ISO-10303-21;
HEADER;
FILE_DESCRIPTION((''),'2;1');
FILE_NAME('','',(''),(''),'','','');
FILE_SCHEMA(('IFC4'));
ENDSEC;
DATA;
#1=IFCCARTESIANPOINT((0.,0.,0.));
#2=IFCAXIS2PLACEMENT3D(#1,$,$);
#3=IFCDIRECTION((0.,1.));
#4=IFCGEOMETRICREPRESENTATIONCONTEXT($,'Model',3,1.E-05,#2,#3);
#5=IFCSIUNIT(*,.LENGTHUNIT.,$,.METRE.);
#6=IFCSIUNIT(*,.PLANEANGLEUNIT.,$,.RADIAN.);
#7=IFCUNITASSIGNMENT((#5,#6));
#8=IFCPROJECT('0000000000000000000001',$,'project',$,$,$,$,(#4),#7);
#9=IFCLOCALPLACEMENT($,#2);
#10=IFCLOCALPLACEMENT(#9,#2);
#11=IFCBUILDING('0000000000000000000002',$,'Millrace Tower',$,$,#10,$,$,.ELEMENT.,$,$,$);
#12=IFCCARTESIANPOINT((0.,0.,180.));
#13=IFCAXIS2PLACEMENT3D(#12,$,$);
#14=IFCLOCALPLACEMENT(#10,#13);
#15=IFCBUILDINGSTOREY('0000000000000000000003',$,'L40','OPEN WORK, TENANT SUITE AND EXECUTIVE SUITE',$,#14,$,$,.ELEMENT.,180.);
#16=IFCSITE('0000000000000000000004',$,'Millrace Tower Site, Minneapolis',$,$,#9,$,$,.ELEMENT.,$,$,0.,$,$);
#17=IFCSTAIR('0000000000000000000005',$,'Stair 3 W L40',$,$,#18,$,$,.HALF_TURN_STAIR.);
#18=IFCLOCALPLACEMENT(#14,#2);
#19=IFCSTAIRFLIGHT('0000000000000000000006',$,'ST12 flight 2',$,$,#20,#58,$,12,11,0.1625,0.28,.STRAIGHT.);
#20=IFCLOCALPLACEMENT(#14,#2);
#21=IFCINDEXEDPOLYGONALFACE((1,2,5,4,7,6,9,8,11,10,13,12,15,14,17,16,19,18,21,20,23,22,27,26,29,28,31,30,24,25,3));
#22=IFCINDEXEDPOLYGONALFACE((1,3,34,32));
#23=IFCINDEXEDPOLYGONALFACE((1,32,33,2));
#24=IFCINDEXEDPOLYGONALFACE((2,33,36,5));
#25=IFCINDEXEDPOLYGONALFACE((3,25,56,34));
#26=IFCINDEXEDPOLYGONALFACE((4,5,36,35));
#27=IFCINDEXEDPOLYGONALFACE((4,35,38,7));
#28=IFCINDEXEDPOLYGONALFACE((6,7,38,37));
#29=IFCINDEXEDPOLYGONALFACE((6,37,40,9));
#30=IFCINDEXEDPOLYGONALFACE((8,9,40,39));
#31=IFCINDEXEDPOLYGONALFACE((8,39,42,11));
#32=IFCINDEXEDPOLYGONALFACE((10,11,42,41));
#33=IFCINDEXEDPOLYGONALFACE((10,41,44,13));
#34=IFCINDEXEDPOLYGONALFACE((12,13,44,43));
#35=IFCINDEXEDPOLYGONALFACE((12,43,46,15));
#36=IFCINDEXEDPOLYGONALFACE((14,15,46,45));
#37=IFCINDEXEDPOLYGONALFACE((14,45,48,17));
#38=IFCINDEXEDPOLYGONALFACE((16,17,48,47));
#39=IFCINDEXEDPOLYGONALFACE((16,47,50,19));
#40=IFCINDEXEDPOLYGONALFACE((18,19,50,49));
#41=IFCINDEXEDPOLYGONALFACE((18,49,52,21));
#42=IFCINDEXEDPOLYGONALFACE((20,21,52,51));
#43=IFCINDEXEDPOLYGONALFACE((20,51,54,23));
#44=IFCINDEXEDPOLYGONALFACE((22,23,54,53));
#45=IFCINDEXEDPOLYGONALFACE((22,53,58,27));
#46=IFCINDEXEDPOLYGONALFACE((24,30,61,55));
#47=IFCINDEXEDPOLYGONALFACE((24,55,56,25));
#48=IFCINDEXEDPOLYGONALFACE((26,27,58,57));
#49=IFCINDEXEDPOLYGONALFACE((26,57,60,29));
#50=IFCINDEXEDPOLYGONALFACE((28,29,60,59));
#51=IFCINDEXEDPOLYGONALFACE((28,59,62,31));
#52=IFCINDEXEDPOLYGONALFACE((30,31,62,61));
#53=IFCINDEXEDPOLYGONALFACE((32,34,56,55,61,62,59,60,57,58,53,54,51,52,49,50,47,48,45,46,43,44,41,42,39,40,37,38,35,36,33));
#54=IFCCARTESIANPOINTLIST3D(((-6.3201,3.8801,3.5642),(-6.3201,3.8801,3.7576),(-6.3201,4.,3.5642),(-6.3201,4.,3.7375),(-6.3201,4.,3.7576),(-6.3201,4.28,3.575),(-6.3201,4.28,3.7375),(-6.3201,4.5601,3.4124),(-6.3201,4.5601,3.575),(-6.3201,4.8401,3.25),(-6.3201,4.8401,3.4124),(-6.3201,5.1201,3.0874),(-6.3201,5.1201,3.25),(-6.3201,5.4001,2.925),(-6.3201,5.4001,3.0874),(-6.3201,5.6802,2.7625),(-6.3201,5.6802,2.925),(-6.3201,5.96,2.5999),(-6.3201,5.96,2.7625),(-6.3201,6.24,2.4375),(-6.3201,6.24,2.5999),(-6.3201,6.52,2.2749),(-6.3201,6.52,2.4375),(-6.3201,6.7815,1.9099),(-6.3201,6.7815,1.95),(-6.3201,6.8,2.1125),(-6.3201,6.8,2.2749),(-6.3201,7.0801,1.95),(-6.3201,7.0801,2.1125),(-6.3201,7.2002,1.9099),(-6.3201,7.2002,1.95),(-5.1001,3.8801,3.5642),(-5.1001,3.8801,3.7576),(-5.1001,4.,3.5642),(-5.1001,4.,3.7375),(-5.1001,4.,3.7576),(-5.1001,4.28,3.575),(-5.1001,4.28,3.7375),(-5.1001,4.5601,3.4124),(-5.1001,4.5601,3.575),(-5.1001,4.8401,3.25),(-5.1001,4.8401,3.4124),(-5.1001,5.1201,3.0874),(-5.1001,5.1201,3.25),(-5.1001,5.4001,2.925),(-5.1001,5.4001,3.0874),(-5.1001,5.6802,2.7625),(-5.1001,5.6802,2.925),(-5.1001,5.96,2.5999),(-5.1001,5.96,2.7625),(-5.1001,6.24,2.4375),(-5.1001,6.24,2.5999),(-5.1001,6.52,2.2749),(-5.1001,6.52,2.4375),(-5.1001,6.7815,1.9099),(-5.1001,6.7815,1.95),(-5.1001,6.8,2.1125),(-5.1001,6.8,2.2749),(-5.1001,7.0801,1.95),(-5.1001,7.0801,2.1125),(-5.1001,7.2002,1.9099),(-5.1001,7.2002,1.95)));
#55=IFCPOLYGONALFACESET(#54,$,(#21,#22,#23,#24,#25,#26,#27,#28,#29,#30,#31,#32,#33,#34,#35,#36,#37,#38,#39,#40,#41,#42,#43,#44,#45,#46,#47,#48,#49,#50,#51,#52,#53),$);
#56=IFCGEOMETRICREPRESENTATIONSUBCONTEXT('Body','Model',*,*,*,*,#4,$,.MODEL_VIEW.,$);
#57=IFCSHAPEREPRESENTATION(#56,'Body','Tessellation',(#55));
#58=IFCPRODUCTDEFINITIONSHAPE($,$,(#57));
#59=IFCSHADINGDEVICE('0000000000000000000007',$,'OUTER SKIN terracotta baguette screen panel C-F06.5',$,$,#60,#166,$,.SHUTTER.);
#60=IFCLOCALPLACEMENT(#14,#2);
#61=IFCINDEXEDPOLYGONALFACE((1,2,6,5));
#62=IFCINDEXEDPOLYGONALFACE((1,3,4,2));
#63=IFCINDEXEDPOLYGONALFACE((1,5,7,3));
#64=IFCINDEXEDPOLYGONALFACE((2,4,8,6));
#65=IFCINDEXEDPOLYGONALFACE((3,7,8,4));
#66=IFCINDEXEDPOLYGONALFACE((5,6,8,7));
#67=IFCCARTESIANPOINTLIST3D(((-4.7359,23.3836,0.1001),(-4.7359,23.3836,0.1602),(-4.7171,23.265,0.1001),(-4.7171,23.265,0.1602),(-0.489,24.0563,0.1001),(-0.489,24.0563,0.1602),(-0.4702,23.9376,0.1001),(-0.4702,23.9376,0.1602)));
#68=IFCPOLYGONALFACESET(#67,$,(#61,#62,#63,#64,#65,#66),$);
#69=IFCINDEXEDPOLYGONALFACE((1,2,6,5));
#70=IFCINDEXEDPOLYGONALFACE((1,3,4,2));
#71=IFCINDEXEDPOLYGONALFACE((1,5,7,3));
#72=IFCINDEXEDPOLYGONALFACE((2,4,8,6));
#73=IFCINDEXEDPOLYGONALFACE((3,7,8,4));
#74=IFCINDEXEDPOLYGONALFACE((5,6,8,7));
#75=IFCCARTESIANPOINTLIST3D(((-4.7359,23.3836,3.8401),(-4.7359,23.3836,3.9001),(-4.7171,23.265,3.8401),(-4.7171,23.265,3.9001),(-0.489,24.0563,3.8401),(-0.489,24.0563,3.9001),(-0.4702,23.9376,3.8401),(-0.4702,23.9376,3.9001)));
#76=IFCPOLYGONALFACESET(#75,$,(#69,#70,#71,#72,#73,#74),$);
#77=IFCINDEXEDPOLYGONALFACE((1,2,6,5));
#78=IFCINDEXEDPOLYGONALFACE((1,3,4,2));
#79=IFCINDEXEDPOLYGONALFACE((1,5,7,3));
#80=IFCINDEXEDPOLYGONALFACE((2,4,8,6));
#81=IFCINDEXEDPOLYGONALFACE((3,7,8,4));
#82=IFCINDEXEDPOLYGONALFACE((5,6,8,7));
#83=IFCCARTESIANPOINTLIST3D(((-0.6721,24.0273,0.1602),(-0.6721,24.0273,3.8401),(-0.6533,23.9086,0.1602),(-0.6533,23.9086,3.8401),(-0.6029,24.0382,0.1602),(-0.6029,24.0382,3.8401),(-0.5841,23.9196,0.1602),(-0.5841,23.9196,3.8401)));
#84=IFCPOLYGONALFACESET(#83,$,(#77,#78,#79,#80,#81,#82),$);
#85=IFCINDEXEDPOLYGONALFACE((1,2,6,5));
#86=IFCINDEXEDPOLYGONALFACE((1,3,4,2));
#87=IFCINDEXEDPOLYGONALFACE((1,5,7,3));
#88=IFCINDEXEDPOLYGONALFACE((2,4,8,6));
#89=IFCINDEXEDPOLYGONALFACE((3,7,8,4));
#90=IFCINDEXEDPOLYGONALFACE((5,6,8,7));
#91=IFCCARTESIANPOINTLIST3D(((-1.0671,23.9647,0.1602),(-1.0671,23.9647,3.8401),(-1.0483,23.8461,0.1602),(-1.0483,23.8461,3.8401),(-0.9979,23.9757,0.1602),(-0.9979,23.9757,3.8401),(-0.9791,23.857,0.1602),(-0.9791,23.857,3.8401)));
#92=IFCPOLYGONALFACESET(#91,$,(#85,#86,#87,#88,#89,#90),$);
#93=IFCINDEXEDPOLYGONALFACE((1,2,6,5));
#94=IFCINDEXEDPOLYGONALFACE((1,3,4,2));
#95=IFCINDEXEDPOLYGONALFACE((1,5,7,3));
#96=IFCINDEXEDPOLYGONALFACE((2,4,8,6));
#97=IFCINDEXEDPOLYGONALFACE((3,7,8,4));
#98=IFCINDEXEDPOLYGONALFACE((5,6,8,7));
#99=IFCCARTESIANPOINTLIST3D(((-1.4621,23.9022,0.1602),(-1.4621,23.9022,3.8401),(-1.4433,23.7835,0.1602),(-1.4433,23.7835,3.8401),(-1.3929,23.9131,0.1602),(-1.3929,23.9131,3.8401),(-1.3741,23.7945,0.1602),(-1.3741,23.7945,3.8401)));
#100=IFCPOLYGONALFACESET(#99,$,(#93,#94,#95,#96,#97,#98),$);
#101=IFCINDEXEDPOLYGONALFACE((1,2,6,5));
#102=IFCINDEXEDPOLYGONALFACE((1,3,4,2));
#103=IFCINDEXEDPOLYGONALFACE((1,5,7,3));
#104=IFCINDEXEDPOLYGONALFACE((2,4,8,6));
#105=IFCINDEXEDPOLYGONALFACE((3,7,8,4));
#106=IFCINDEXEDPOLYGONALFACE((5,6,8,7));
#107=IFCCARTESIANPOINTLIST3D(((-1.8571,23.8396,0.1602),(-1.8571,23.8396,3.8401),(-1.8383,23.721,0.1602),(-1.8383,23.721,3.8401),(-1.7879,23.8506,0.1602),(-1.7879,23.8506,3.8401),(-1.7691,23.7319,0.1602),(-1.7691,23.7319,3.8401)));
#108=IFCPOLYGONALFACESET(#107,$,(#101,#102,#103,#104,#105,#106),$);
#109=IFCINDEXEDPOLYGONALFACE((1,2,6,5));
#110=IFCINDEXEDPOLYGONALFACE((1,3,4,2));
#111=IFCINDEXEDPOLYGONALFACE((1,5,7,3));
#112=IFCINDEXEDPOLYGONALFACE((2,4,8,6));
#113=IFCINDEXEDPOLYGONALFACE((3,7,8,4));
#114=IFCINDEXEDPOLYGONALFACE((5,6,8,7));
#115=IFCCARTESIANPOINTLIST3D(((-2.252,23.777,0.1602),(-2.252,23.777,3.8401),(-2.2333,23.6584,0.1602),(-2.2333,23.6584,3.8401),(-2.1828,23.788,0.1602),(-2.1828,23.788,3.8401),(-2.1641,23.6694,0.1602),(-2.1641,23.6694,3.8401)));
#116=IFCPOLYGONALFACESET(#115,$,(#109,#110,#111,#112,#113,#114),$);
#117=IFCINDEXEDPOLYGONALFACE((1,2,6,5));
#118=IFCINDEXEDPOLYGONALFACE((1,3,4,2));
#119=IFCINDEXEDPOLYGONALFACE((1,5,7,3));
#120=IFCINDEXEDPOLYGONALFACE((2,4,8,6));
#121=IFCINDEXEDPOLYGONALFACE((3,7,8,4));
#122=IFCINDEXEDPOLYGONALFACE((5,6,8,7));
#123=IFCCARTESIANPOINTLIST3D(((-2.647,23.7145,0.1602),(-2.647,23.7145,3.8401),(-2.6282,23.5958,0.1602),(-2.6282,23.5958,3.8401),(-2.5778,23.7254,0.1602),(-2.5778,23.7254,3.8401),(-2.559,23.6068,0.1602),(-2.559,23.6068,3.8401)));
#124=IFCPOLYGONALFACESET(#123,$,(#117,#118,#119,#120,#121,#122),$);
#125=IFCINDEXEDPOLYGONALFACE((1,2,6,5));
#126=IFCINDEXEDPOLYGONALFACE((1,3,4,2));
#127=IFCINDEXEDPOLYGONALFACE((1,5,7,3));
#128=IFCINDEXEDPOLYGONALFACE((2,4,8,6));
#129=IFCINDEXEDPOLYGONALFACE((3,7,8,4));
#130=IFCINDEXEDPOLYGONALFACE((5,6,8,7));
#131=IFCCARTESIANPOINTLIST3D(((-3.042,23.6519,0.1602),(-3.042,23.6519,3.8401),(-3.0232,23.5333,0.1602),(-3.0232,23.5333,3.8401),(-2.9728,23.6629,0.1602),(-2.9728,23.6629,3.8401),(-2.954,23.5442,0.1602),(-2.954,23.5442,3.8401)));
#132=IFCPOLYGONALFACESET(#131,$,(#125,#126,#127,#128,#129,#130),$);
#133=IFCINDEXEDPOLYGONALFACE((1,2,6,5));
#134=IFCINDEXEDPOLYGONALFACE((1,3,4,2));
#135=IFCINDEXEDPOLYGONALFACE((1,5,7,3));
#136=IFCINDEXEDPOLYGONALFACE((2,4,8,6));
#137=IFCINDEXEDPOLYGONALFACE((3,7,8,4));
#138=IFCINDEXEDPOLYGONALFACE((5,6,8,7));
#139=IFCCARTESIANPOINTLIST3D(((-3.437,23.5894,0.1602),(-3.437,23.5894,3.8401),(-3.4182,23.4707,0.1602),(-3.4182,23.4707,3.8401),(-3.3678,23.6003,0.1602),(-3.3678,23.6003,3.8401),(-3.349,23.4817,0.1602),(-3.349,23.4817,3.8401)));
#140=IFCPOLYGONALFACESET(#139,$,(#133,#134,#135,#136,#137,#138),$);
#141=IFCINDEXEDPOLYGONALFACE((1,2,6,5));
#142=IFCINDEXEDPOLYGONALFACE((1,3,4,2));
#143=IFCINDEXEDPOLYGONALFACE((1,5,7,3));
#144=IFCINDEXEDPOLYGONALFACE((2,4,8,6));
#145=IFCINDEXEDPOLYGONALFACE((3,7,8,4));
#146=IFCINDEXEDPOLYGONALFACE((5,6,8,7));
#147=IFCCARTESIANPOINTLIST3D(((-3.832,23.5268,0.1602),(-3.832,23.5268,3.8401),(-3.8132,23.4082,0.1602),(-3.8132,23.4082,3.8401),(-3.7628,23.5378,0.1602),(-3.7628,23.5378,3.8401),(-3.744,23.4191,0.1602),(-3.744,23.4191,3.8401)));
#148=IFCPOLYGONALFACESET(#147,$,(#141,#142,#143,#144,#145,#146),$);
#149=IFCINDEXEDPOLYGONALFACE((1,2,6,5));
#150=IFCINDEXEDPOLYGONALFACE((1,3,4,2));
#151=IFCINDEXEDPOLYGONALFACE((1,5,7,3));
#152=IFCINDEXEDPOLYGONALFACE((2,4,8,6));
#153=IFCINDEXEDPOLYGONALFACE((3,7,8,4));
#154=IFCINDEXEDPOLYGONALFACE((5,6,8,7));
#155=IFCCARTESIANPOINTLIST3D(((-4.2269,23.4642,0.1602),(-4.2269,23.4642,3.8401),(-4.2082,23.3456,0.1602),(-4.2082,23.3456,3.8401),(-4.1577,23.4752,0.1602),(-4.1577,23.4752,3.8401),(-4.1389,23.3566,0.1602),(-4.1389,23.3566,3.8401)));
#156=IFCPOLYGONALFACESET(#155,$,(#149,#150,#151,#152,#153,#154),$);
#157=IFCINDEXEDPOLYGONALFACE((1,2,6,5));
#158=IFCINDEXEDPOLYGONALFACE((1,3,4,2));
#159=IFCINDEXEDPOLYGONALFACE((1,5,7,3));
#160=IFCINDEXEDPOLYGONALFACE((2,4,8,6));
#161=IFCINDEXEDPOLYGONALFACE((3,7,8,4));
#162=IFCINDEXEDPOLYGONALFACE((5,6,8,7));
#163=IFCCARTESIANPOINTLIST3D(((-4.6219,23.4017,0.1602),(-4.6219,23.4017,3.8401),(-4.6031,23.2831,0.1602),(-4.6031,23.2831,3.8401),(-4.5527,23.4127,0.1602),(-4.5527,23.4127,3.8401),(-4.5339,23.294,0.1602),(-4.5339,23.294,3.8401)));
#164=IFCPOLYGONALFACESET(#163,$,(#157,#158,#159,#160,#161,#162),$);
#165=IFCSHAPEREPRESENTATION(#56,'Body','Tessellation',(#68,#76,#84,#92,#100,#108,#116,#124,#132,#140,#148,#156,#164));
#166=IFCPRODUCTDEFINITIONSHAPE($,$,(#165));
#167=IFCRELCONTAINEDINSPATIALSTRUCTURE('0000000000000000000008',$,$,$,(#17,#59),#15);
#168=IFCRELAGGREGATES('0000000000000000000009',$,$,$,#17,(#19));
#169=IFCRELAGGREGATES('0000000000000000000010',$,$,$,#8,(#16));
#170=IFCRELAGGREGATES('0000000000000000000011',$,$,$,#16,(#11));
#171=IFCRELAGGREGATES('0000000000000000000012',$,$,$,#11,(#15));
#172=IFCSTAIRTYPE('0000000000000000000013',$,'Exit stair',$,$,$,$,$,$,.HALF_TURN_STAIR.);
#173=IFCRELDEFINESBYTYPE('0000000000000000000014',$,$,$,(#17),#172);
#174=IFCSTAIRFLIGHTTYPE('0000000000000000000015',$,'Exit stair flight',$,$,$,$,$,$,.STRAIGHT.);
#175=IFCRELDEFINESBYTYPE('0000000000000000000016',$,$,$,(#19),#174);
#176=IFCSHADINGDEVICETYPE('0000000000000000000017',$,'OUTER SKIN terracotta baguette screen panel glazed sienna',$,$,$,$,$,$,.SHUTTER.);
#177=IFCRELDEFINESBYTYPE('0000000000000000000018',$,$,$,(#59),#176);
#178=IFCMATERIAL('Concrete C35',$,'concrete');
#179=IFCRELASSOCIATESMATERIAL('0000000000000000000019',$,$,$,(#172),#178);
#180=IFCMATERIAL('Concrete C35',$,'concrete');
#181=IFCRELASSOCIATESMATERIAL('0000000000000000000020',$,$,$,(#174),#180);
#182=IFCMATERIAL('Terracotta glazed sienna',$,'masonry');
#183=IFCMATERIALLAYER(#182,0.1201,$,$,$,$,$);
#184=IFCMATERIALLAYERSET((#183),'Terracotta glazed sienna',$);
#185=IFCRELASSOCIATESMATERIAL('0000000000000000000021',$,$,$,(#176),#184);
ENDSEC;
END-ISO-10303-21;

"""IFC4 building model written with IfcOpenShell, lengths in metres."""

from ifc_helpers import new_model, entity, si_unit, direction, frame, frame_2d, origin, origin_2d, place, context, subcontext, project, spatial, polyline, rectangle, outline, extrude, source, transform, mapped, material, layer, layer_set, type_object, element, aggregate, save


model = new_model("IFC4")

# Units and contexts
model_context = context("Model", 3, precision=1e-05, world=origin(), true_north=direction((0.0, 1.0)))
body_context = subcontext(model_context, "Body", "Model", "MODEL_VIEW")
ifc_project = project(units=[si_unit("LENGTHUNIT", "METRE"), si_unit("PLANEANGLEUNIT", "RADIAN")], contexts=[model_context])

# Site, building, storey
site_placement = place(None, origin())
site = spatial("IfcSite", under=ifc_project, at=site_placement, Name="Millrace Tower Site, Minneapolis", CompositionType="ELEMENT", RefElevation=0.0)
building_placement = place(site_placement, origin())
building = spatial("IfcBuilding", under=site, at=building_placement, Name="Millrace Tower", CompositionType="ELEMENT")
storey_placement = place(building_placement, frame((0.0, 0.0, 180.0)))
storey = spatial("IfcBuildingStorey", under=building, at=storey_placement, Name="L40", Description="OPEN WORK, TENANT SUITE AND EXECUTIVE SUITE", CompositionType="ELEMENT", Elevation=180.0)

# Shared definitions
placement = place(storey_placement, origin())

# Stair, stair flight
ifc_material_1 = material(Name="Concrete C35", Category="concrete")
stair_type = type_object("IfcStairType", Name="Exit stair", PredefinedType="HALF_TURN_STAIR", material=ifc_material_1)
ifc_material_2 = material(Name="Concrete C35", Category="concrete")
stair_flight_type = type_object("IfcStairFlightType", Name="Exit stair flight", PredefinedType="STRAIGHT", material=ifc_material_2)
stair_1 = element("IfcStair", 1, at=placement, inside=storey, type_object=stair_type, Name="Stair 3 W L40", PredefinedType="HALF_TURN_STAIR")
stair_flight_1_placement = place(storey_placement, frame((-5.71, 7.0801, 1.95), z_axis=(0.0, 0.0, 1.0), x_axis=(0.0, -1.0, 0.0)))
stair_flight_1 = element("IfcStairFlight", 2, at=stair_flight_1_placement, type_object=stair_flight_type, Name="ST12 flight 2", NumberOfRisers=12, NumberOfTreads=11, PredefinedType="STRAIGHT", RiserHeight=0.1625, TreadLength=0.28, context=body_context, shape_type="SweptSolid", body=[
    extrude(outline(polyline([(-0.1201, -0.04), (-0.1201, 0.0), (0.0, 0.0), (0.0, 0.1626), (0.28, 0.1626), (0.28, 0.325), (0.5601, 0.325), (0.5601, 0.4875), (0.8401, 0.4875), (0.8401, 0.6499), (1.1201, 0.6499), (1.1201, 0.8125), (1.3999, 0.8125), (1.3999, 0.9751), (1.6799, 0.9751), (1.6799, 1.1375), (1.96, 1.1375), (1.96, 1.3), (2.24, 1.3), (2.24, 1.4624), (2.52, 1.4624), (2.52, 1.625), (2.8, 1.625), (2.8, 1.7876), (3.0801, 1.7876), (3.0801, 1.8076), (3.2, 1.8076), (3.2, 1.6143), (3.0801, 1.6143), (0.2986, 0.0), (0.2986, -0.04), (-0.1201, -0.04)])), frame((0.0, 0.6099, 0.0), z_axis=(0.0, -1.0, 0.0), x_axis=(1.0, 0.0, 0.0)), (0.0, 0.0, 1.0), 1.22),
])
aggregate(stair_1, [stair_flight_1])

# Shading device
ifc_material_3 = material(Name="Terracotta glazed sienna", Category="masonry")
ifc_layer_1 = layer(ifc_material_3, 0.1201)
ifc_layer_set_1 = layer_set([ifc_layer_1], Name="Terracotta glazed sienna")
shading_device_type = type_object("IfcShadingDeviceType", Name="OUTER SKIN terracotta baguette screen panel glazed sienna", PredefinedType="SHUTTER", material=ifc_layer_set_1)
cartesian_point = entity("IfcCartesianPoint", [-2.1499, 0.0601])
shared_polyline = entity("IfcPolyline", [cartesian_point, entity("IfcCartesianPoint", [2.1499, 0.0601]), entity("IfcCartesianPoint", [2.1499, -0.0601]), entity("IfcCartesianPoint", [-2.1499, -0.0601]), cartesian_point])
shared_shape = source(origin(), body_context, "Body", "SweptSolid", [
    entity("IfcExtrudedAreaSolid", entity("IfcArbitraryClosedProfileDef", "AREA", None, shared_polyline), entity("IfcAxis2Placement3D", entity("IfcCartesianPoint", [0.0, 0.0, 0.0])), entity("IfcDirection", [0.0, 0.0, 1.0]), 0.0601),
    entity("IfcExtrudedAreaSolid", entity("IfcArbitraryClosedProfileDef", "AREA", None, shared_polyline), entity("IfcAxis2Placement3D", entity("IfcCartesianPoint", [0.0, 0.0, 3.74])), entity("IfcDirection", [0.0, 0.0, 1.0]), 0.0601),
    extrude(rectangle(XDim=0.0701, YDim=0.1201, at=frame_2d((-1.9995, 0.0))), frame((0.0, 0.0, 0.0601)), (0.0, 0.0, 1.0), 3.6799),
    extrude(rectangle(XDim=0.0701, YDim=0.1201, at=frame_2d((-1.5996, 0.0))), frame((0.0, 0.0, 0.0601)), (0.0, 0.0, 1.0), 3.6799),
    extrude(rectangle(XDim=0.0701, YDim=0.1201, at=frame_2d((-1.1997, 0.0))), frame((0.0, 0.0, 0.0601)), (0.0, 0.0, 1.0), 3.6799),
    extrude(rectangle(XDim=0.0701, YDim=0.1201, at=frame_2d((-0.7998, 0.0))), frame((0.0, 0.0, 0.0601)), (0.0, 0.0, 1.0), 3.6799),
    extrude(rectangle(XDim=0.0701, YDim=0.1201, at=frame_2d((-0.3999, 0.0))), frame((0.0, 0.0, 0.0601)), (0.0, 0.0, 1.0), 3.6799),
    extrude(rectangle(XDim=0.0701, YDim=0.1201, at=origin_2d()), frame((0.0, 0.0, 0.0601)), (0.0, 0.0, 1.0), 3.6799),
    extrude(rectangle(XDim=0.0701, YDim=0.1201, at=frame_2d((0.3999, 0.0))), frame((0.0, 0.0, 0.0601)), (0.0, 0.0, 1.0), 3.6799),
    extrude(rectangle(XDim=0.0701, YDim=0.1201, at=frame_2d((0.7998, 0.0))), frame((0.0, 0.0, 0.0601)), (0.0, 0.0, 1.0), 3.6799),
    extrude(rectangle(XDim=0.0701, YDim=0.1201, at=frame_2d((1.1997, 0.0))), frame((0.0, 0.0, 0.0601)), (0.0, 0.0, 1.0), 3.6799),
    extrude(rectangle(XDim=0.0701, YDim=0.1201, at=frame_2d((1.5996, 0.0))), frame((0.0, 0.0, 0.0601)), (0.0, 0.0, 1.0), 3.6799),
    extrude(rectangle(XDim=0.0701, YDim=0.1201, at=frame_2d((1.9995, 0.0))), frame((0.0, 0.0, 0.0601)), (0.0, 0.0, 1.0), 3.6799),
])
for number, where, z_axis, x_axis, name in (
    (3, (-2.603, 23.6606, 0.1001), (0.0, 0.0, 1.0), (-0.987688, -0.156434, 0.0), "OUTER SKIN terracotta baguette screen panel C-F06.5"),
):
    element("IfcShadingDevice", number, at=place(storey_placement, frame(where, z_axis=z_axis, x_axis=x_axis)), inside=storey, type_object=shading_device_type, Name=name, PredefinedType="SHUTTER", context=body_context, shape_type="MappedRepresentation", body=[
        mapped(shared_shape, transform((0.0, 0.0, 0.0), scale=1.0)),
    ])

save(model, "model.ifc")
